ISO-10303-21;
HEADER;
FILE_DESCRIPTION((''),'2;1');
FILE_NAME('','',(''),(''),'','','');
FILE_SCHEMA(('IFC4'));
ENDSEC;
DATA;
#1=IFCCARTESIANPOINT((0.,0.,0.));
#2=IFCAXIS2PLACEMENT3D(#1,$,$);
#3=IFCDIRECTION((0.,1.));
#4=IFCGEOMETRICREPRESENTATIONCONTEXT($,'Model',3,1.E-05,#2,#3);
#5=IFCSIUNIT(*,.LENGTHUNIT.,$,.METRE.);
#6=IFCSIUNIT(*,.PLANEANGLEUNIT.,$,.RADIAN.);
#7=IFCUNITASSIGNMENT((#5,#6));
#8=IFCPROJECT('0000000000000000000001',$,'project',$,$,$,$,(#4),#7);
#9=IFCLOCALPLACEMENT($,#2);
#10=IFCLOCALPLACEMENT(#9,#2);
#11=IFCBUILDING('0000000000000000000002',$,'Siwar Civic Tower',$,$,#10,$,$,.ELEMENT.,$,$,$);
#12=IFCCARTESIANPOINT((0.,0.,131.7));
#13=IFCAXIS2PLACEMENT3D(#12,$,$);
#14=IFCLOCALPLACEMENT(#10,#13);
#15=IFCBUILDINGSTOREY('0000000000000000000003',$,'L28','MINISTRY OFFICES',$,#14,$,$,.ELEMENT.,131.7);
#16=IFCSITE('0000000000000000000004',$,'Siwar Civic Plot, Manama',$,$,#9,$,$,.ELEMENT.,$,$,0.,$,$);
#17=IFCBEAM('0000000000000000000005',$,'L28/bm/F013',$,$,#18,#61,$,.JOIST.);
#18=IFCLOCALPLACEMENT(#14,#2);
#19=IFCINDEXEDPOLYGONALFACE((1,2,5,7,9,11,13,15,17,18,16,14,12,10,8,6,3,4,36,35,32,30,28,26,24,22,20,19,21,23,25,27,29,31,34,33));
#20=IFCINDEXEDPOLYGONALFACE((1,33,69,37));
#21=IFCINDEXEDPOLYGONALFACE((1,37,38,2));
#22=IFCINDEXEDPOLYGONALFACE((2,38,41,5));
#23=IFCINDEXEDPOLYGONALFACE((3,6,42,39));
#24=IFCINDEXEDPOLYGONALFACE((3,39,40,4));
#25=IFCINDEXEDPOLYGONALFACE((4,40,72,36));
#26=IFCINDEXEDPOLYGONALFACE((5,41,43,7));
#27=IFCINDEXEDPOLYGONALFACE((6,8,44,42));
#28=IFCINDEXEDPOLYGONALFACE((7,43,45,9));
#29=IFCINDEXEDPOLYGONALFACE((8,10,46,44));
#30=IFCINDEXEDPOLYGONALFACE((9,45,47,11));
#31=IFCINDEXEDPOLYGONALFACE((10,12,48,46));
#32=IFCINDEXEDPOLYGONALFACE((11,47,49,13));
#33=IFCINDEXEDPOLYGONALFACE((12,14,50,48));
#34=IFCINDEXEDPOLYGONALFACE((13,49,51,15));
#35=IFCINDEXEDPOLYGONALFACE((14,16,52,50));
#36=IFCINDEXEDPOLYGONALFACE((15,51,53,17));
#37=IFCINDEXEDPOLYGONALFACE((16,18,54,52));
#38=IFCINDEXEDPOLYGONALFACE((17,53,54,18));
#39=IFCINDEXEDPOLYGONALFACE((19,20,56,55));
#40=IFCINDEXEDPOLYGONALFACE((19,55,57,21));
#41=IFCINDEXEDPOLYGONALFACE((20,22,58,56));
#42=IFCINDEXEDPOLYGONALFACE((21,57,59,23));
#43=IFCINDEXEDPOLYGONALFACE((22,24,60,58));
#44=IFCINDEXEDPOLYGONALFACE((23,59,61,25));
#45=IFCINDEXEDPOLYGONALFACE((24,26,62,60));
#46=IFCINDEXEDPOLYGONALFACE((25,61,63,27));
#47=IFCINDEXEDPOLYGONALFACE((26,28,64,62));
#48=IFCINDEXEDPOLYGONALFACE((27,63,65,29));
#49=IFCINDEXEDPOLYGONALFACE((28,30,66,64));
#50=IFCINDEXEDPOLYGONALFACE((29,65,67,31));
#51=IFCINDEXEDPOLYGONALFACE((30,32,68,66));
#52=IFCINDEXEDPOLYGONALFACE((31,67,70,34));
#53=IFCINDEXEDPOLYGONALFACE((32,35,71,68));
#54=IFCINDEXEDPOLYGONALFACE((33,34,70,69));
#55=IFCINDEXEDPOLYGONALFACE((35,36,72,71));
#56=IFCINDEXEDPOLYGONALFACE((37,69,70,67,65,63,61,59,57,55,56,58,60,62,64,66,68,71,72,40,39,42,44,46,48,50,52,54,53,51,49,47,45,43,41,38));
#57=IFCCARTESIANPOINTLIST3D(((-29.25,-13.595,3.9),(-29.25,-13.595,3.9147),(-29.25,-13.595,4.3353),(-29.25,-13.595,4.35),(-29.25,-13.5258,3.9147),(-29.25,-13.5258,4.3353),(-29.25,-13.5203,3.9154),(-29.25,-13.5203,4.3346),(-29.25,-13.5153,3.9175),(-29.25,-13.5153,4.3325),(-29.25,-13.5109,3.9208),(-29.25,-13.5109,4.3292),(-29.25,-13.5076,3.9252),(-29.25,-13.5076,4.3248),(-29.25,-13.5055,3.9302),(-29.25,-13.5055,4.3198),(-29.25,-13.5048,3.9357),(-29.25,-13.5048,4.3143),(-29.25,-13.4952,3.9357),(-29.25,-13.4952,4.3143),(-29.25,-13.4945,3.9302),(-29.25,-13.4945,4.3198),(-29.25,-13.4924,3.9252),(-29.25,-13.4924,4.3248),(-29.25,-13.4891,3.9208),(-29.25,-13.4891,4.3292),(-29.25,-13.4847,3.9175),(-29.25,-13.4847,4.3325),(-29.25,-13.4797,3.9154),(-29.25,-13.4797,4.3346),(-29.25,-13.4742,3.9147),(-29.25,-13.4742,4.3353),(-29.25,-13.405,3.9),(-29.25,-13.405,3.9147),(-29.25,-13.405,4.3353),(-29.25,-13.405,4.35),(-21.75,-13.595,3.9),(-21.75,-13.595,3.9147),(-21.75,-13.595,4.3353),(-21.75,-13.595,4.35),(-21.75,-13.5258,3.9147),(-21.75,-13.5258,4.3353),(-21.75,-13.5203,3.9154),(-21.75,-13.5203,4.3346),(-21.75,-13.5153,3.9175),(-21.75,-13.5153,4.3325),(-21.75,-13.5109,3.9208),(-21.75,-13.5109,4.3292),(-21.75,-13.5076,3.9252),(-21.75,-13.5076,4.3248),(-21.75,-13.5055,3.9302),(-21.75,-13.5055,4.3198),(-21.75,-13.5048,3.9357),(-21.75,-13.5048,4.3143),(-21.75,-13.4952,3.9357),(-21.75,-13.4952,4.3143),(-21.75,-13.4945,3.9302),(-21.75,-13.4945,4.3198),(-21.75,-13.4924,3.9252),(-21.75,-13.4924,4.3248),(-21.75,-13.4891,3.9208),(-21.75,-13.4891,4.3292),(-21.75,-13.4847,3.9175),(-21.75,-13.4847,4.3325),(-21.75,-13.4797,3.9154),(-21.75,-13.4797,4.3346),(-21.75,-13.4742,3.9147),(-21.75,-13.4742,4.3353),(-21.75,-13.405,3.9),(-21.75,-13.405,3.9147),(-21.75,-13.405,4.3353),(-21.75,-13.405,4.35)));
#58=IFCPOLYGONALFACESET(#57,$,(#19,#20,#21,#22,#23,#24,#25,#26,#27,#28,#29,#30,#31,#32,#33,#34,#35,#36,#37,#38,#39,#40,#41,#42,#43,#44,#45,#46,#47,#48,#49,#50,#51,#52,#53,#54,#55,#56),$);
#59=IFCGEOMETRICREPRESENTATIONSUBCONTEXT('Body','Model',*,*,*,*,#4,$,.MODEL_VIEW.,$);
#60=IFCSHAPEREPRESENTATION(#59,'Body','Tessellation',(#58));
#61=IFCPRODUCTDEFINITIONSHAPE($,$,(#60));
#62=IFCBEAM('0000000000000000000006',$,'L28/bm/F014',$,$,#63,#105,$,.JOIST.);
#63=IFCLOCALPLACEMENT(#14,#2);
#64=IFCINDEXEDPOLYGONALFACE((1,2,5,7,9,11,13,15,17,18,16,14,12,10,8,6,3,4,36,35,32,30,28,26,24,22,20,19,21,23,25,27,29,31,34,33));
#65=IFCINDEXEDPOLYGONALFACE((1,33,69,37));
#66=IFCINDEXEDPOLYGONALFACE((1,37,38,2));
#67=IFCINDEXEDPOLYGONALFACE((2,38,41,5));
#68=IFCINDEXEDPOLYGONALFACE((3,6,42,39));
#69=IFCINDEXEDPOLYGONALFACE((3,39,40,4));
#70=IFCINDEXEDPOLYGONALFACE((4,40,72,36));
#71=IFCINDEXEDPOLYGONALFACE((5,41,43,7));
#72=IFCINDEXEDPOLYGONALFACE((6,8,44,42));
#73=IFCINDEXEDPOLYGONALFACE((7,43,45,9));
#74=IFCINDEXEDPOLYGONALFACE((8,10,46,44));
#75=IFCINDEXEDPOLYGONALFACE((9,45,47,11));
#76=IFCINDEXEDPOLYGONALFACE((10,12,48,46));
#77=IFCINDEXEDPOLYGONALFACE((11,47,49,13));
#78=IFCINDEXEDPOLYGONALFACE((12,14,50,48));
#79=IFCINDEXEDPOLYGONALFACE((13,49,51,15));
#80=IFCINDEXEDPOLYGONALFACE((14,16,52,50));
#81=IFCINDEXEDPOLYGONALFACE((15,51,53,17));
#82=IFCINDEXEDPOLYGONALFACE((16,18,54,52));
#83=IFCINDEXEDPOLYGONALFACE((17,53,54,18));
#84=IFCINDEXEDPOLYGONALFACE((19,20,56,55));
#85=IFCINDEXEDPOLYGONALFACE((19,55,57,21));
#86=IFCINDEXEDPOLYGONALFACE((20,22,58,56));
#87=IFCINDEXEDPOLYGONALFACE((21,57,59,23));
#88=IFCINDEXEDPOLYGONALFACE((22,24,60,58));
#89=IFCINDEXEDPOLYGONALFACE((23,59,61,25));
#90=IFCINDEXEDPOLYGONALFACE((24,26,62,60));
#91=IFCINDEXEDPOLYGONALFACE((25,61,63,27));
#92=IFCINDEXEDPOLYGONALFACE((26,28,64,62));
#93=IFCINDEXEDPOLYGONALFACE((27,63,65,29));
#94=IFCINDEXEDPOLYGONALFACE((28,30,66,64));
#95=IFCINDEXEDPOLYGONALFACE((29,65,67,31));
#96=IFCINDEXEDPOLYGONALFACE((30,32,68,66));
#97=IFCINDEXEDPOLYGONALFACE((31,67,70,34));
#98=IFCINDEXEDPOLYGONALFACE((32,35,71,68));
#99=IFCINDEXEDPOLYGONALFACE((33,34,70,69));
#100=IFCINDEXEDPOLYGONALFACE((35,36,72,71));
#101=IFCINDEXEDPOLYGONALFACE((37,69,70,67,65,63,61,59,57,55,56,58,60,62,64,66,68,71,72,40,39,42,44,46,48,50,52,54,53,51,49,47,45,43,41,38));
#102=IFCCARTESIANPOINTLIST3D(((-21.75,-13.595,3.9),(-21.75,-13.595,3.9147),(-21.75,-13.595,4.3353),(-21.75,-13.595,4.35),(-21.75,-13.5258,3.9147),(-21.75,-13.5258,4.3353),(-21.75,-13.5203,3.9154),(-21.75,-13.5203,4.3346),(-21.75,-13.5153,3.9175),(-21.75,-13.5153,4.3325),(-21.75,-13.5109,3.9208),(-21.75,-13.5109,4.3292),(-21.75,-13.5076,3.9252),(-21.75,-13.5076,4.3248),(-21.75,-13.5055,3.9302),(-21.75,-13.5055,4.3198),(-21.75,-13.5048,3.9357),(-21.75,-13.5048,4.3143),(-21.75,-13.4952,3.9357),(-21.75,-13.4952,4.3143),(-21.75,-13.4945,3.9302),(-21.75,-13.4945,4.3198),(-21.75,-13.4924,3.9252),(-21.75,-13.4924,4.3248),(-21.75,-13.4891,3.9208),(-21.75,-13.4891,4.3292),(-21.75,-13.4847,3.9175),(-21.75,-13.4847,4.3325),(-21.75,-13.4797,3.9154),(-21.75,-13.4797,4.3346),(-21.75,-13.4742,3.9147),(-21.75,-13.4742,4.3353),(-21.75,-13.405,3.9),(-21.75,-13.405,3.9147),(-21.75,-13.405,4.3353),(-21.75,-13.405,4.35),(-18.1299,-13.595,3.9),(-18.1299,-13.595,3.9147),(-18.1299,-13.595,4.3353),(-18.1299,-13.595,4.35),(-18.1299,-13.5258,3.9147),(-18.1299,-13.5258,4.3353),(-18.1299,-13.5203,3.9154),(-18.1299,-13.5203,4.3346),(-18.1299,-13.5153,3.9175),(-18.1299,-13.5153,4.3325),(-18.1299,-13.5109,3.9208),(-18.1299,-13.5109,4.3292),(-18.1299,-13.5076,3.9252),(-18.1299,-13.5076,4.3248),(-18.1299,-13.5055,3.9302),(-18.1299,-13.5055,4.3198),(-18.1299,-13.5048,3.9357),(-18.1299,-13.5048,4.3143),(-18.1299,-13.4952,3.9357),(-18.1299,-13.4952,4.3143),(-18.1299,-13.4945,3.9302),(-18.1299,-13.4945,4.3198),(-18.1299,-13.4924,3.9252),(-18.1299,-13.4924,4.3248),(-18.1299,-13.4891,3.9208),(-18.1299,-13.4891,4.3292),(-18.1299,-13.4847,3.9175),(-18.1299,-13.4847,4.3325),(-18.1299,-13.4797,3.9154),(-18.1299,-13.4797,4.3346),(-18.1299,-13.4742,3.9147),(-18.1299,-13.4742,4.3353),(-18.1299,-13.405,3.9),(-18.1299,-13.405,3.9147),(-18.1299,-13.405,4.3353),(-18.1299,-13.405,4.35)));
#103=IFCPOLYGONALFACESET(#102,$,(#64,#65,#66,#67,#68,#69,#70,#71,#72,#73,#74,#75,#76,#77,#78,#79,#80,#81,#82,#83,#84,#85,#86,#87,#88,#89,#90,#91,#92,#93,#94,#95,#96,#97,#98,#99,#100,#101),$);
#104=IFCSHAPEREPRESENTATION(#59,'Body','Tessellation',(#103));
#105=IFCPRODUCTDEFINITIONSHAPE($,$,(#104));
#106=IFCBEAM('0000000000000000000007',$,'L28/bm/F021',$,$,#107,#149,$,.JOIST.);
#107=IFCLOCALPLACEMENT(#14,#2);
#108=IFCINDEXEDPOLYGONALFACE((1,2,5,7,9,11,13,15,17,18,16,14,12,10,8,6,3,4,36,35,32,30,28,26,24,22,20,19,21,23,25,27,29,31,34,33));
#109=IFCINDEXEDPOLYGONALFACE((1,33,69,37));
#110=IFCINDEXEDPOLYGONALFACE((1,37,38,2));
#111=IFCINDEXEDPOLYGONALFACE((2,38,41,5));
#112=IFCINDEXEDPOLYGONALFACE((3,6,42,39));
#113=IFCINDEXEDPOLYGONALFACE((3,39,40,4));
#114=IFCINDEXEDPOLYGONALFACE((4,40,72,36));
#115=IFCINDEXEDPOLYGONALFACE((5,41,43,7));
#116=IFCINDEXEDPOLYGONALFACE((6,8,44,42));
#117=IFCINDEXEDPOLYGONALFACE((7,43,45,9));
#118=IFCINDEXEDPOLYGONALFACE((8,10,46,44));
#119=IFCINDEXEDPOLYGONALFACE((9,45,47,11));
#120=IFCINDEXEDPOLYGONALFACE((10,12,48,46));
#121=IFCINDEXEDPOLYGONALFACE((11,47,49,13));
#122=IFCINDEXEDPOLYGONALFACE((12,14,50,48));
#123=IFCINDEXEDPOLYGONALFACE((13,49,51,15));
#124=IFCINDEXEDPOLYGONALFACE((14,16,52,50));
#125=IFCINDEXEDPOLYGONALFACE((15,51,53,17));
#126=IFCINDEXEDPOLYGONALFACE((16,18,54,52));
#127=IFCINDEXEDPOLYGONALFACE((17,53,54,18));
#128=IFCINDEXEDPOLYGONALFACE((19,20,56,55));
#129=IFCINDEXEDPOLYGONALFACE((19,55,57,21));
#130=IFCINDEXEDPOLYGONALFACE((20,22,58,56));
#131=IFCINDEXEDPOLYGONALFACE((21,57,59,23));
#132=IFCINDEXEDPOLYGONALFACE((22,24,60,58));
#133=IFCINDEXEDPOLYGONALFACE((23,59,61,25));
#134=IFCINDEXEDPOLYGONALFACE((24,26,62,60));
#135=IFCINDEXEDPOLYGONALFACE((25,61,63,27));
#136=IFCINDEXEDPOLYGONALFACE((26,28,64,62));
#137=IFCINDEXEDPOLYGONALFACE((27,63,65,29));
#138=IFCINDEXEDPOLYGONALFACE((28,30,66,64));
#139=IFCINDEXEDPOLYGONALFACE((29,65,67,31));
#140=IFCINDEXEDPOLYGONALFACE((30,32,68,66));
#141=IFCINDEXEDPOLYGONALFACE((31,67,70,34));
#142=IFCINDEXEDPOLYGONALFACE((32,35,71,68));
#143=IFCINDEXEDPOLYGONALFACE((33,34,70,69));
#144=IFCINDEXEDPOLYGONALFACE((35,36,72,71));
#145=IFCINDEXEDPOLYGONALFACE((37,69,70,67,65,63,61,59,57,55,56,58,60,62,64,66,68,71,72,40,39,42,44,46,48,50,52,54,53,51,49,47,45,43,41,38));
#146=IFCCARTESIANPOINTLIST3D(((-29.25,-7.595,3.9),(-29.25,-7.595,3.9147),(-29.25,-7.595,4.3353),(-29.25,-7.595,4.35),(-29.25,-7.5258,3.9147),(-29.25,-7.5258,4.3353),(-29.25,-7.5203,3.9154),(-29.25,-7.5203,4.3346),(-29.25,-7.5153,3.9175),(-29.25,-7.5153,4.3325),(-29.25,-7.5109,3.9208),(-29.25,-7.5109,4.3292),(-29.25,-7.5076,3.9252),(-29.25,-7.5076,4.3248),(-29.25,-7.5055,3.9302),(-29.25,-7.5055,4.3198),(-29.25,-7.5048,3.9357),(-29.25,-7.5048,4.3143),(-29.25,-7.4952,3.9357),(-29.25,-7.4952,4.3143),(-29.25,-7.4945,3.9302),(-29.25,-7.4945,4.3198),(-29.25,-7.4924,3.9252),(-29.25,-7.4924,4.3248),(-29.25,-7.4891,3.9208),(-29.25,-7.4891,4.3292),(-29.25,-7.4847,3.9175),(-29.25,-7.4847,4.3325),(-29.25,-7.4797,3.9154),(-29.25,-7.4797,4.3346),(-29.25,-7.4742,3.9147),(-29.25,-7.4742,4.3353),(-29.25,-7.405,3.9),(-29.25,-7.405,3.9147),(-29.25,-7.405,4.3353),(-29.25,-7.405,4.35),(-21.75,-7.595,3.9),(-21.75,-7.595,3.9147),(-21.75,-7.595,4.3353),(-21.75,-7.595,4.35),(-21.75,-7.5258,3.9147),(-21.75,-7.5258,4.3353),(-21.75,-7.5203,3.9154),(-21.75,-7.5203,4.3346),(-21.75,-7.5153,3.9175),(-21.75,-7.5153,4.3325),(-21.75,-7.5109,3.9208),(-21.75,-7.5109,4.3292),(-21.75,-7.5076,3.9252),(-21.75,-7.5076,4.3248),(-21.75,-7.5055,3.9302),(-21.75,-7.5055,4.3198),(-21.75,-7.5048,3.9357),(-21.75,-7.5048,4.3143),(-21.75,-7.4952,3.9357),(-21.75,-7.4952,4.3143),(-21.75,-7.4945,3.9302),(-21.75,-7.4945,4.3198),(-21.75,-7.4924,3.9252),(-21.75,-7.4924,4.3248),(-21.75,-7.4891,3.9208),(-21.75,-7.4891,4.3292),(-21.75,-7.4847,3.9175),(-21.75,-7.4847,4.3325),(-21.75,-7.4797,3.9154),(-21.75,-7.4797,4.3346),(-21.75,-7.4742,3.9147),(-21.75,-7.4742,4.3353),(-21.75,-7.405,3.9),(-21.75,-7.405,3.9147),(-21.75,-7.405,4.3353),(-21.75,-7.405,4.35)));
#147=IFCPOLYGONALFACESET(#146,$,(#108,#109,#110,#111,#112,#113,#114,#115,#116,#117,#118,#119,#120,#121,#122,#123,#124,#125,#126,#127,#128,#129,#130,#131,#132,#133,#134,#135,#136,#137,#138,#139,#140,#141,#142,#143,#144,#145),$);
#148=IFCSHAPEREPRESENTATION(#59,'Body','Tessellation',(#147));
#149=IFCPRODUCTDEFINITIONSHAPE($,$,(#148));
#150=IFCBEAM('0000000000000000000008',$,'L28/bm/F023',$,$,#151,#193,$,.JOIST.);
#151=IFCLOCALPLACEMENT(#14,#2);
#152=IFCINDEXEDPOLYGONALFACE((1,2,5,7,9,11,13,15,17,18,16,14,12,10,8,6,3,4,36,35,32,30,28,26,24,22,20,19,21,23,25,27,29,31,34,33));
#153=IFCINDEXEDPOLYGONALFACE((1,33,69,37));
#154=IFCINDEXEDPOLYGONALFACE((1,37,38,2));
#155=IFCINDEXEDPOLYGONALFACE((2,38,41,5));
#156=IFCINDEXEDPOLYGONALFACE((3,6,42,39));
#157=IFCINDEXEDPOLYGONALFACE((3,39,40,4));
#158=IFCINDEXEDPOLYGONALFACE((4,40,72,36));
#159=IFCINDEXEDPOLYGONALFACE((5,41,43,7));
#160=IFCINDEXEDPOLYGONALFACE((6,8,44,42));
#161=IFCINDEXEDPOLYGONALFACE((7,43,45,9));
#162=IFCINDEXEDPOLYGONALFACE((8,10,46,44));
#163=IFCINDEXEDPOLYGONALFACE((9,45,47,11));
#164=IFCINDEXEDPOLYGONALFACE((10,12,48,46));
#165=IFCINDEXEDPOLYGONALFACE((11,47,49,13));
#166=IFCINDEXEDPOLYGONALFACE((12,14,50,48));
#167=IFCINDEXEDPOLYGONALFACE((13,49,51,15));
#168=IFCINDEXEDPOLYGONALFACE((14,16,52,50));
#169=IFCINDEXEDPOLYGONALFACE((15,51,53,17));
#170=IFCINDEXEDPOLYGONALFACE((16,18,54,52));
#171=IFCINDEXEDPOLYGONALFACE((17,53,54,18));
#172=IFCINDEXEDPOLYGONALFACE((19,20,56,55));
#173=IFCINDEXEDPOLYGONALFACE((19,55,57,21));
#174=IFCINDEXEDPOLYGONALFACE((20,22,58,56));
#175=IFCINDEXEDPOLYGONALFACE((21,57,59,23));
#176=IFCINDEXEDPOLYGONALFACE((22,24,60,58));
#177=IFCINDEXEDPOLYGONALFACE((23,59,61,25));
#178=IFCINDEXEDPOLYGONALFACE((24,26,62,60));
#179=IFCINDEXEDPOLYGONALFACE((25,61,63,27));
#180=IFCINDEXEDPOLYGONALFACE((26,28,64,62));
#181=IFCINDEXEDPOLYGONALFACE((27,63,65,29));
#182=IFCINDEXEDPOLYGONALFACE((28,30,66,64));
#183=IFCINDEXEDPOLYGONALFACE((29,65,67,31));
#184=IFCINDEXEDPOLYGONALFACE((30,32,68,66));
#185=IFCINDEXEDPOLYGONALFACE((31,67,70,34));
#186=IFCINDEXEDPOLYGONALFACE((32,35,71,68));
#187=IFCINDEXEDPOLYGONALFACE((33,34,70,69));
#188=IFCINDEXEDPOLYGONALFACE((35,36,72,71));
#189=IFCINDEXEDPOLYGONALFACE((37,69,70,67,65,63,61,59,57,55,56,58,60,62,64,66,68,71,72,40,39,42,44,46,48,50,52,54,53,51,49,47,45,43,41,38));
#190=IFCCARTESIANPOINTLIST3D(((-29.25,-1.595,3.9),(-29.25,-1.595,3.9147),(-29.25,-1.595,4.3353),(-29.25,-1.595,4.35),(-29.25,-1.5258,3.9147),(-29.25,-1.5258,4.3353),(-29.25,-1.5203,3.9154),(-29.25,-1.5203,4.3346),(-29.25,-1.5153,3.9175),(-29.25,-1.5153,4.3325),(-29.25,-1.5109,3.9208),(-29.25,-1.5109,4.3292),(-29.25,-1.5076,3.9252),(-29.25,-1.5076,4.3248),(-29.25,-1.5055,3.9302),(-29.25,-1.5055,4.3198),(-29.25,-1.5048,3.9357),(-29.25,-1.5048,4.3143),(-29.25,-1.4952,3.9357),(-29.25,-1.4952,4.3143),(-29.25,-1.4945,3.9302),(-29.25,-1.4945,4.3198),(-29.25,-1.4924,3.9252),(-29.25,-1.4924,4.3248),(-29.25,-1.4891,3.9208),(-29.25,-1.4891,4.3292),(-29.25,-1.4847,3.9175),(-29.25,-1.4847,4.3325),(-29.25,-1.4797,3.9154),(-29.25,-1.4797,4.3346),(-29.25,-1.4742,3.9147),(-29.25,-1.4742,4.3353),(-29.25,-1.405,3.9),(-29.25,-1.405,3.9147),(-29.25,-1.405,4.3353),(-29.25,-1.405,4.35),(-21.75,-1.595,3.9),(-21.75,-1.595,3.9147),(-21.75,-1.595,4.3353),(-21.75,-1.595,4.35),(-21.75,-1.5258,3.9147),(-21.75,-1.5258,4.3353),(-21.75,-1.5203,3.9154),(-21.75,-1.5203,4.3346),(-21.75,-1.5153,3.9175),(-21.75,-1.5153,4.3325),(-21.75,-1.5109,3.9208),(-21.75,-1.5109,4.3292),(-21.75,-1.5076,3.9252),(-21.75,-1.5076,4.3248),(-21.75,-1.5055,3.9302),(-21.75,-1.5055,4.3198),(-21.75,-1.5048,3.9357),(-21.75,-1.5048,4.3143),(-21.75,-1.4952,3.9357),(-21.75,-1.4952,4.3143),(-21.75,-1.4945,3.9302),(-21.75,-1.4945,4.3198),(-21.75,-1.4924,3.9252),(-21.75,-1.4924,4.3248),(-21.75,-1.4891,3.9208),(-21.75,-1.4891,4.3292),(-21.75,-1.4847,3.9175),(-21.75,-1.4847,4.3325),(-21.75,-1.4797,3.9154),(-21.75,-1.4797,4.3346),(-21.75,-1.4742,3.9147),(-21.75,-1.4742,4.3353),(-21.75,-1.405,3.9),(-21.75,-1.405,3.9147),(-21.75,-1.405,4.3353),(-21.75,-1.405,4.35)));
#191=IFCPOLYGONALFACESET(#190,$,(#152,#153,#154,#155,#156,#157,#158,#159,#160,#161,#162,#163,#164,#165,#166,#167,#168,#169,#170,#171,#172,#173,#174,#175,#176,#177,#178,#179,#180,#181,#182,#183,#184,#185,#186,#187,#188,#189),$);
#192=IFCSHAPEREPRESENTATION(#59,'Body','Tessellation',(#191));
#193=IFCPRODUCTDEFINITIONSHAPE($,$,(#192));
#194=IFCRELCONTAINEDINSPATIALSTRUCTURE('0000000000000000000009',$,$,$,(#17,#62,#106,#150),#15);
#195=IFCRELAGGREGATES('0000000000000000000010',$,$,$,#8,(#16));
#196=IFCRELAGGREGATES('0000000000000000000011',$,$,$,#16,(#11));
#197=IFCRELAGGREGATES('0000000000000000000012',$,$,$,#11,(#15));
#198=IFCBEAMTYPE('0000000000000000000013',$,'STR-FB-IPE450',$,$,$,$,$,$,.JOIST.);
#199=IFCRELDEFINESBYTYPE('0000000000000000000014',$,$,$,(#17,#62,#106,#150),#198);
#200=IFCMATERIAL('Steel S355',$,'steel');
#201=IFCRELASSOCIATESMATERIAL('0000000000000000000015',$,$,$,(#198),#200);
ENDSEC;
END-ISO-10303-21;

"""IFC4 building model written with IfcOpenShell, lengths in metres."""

from ifc_helpers import new_model, si_unit, direction, frame, origin, origin_2d, place, context, subcontext, project, spatial, i_section, extrude, material, material_profile, profile_set, type_object, element, save


model = new_model("IFC4")

# Units and contexts
model_context = context("Model", 3, precision=1e-05, world=origin(), true_north=direction((0.0, 1.0)))
body_context = subcontext(model_context, "Body", "Model", "MODEL_VIEW")
ifc_project = project(units=[si_unit("LENGTHUNIT", "METRE"), si_unit("PLANEANGLEUNIT", "RADIAN")], contexts=[model_context])

# Site, building, storey
site_placement = place(None, origin())
site = spatial("IfcSite", under=ifc_project, at=site_placement, Name="Siwar Civic Plot, Manama", CompositionType="ELEMENT", RefElevation=0.0)
building_placement = place(site_placement, origin())
building = spatial("IfcBuilding", under=site, at=building_placement, Name="Siwar Civic Tower", CompositionType="ELEMENT")
storey_placement = place(building_placement, frame((0.0, 0.0, 131.7)))
storey = spatial("IfcBuildingStorey", under=building, at=storey_placement, Name="L28", Description="MINISTRY OFFICES", CompositionType="ELEMENT", Elevation=131.7)

# Beams
ifc_material_1 = material(Name="Steel S355", Category="steel")
ifc_material_profile_1 = material_profile(ifc_material_1, i_section(OverallWidth=0.1899, OverallDepth=0.45, WebThickness=0.0095, FlangeThickness=0.0146, FilletRadius=0.021, at=origin_2d()), Name="IPE450")
ifc_profile_set_1 = profile_set([ifc_material_profile_1], Name="Steel S355")
beam_type_1 = type_object("IfcBeamType", Name="STR-FB-IPE450", PredefinedType="JOIST", material=ifc_profile_set_1)
beam_1_placement = place(storey_placement, frame((-29.25, -13.5, 4.125), z_axis=(1.0, 0.0, 0.0), x_axis=(0.0, 1.0, 0.0)))
element("IfcBeam", 1, at=beam_1_placement, inside=storey, type_object=beam_type_1, Name="L28/bm/F013", PredefinedType="JOIST", context=body_context, shape_type="SweptSolid", body=[
    extrude(i_section(OverallWidth=0.1899, OverallDepth=0.45, WebThickness=0.0095, FlangeThickness=0.0146, FilletRadius=0.021, at=origin_2d()), origin(), (0.0, 0.0, 1.0), 7.5),
])
beam_2_placement = place(storey_placement, frame((-21.75, -13.5, 4.125), z_axis=(1.0, 0.0, 0.0), x_axis=(0.0, 1.0, 0.0)))
element("IfcBeam", 2, at=beam_2_placement, inside=storey, type_object=beam_type_1, Name="L28/bm/F014", PredefinedType="JOIST", context=body_context, shape_type="SweptSolid", body=[
    extrude(i_section(OverallWidth=0.1899, OverallDepth=0.45, WebThickness=0.0095, FlangeThickness=0.0146, FilletRadius=0.021, at=origin_2d()), origin(), (0.0, 0.0, 1.0), 3.6201),
])
for number, where, z_axis, x_axis, name in (
    (3, (-29.25, -7.5, 4.125), (1.0, 0.0, 0.0), (0.0, 1.0, 0.0), "L28/bm/F021"),
    (4, (-29.25, -1.5, 4.125), (1.0, 0.0, 0.0), (0.0, 1.0, 0.0), "L28/bm/F023"),
):
    element("IfcBeam", number, at=place(storey_placement, frame(where, z_axis=z_axis, x_axis=x_axis)), inside=storey, type_object=beam_type_1, Name=name, PredefinedType="JOIST", context=body_context, shape_type="SweptSolid", body=[
        extrude(i_section(OverallWidth=0.1899, OverallDepth=0.45, WebThickness=0.0095, FlangeThickness=0.0146, FilletRadius=0.021, at=origin_2d()), origin(), (0.0, 0.0, 1.0), 7.5),
    ])

save(model, "model.ifc")
